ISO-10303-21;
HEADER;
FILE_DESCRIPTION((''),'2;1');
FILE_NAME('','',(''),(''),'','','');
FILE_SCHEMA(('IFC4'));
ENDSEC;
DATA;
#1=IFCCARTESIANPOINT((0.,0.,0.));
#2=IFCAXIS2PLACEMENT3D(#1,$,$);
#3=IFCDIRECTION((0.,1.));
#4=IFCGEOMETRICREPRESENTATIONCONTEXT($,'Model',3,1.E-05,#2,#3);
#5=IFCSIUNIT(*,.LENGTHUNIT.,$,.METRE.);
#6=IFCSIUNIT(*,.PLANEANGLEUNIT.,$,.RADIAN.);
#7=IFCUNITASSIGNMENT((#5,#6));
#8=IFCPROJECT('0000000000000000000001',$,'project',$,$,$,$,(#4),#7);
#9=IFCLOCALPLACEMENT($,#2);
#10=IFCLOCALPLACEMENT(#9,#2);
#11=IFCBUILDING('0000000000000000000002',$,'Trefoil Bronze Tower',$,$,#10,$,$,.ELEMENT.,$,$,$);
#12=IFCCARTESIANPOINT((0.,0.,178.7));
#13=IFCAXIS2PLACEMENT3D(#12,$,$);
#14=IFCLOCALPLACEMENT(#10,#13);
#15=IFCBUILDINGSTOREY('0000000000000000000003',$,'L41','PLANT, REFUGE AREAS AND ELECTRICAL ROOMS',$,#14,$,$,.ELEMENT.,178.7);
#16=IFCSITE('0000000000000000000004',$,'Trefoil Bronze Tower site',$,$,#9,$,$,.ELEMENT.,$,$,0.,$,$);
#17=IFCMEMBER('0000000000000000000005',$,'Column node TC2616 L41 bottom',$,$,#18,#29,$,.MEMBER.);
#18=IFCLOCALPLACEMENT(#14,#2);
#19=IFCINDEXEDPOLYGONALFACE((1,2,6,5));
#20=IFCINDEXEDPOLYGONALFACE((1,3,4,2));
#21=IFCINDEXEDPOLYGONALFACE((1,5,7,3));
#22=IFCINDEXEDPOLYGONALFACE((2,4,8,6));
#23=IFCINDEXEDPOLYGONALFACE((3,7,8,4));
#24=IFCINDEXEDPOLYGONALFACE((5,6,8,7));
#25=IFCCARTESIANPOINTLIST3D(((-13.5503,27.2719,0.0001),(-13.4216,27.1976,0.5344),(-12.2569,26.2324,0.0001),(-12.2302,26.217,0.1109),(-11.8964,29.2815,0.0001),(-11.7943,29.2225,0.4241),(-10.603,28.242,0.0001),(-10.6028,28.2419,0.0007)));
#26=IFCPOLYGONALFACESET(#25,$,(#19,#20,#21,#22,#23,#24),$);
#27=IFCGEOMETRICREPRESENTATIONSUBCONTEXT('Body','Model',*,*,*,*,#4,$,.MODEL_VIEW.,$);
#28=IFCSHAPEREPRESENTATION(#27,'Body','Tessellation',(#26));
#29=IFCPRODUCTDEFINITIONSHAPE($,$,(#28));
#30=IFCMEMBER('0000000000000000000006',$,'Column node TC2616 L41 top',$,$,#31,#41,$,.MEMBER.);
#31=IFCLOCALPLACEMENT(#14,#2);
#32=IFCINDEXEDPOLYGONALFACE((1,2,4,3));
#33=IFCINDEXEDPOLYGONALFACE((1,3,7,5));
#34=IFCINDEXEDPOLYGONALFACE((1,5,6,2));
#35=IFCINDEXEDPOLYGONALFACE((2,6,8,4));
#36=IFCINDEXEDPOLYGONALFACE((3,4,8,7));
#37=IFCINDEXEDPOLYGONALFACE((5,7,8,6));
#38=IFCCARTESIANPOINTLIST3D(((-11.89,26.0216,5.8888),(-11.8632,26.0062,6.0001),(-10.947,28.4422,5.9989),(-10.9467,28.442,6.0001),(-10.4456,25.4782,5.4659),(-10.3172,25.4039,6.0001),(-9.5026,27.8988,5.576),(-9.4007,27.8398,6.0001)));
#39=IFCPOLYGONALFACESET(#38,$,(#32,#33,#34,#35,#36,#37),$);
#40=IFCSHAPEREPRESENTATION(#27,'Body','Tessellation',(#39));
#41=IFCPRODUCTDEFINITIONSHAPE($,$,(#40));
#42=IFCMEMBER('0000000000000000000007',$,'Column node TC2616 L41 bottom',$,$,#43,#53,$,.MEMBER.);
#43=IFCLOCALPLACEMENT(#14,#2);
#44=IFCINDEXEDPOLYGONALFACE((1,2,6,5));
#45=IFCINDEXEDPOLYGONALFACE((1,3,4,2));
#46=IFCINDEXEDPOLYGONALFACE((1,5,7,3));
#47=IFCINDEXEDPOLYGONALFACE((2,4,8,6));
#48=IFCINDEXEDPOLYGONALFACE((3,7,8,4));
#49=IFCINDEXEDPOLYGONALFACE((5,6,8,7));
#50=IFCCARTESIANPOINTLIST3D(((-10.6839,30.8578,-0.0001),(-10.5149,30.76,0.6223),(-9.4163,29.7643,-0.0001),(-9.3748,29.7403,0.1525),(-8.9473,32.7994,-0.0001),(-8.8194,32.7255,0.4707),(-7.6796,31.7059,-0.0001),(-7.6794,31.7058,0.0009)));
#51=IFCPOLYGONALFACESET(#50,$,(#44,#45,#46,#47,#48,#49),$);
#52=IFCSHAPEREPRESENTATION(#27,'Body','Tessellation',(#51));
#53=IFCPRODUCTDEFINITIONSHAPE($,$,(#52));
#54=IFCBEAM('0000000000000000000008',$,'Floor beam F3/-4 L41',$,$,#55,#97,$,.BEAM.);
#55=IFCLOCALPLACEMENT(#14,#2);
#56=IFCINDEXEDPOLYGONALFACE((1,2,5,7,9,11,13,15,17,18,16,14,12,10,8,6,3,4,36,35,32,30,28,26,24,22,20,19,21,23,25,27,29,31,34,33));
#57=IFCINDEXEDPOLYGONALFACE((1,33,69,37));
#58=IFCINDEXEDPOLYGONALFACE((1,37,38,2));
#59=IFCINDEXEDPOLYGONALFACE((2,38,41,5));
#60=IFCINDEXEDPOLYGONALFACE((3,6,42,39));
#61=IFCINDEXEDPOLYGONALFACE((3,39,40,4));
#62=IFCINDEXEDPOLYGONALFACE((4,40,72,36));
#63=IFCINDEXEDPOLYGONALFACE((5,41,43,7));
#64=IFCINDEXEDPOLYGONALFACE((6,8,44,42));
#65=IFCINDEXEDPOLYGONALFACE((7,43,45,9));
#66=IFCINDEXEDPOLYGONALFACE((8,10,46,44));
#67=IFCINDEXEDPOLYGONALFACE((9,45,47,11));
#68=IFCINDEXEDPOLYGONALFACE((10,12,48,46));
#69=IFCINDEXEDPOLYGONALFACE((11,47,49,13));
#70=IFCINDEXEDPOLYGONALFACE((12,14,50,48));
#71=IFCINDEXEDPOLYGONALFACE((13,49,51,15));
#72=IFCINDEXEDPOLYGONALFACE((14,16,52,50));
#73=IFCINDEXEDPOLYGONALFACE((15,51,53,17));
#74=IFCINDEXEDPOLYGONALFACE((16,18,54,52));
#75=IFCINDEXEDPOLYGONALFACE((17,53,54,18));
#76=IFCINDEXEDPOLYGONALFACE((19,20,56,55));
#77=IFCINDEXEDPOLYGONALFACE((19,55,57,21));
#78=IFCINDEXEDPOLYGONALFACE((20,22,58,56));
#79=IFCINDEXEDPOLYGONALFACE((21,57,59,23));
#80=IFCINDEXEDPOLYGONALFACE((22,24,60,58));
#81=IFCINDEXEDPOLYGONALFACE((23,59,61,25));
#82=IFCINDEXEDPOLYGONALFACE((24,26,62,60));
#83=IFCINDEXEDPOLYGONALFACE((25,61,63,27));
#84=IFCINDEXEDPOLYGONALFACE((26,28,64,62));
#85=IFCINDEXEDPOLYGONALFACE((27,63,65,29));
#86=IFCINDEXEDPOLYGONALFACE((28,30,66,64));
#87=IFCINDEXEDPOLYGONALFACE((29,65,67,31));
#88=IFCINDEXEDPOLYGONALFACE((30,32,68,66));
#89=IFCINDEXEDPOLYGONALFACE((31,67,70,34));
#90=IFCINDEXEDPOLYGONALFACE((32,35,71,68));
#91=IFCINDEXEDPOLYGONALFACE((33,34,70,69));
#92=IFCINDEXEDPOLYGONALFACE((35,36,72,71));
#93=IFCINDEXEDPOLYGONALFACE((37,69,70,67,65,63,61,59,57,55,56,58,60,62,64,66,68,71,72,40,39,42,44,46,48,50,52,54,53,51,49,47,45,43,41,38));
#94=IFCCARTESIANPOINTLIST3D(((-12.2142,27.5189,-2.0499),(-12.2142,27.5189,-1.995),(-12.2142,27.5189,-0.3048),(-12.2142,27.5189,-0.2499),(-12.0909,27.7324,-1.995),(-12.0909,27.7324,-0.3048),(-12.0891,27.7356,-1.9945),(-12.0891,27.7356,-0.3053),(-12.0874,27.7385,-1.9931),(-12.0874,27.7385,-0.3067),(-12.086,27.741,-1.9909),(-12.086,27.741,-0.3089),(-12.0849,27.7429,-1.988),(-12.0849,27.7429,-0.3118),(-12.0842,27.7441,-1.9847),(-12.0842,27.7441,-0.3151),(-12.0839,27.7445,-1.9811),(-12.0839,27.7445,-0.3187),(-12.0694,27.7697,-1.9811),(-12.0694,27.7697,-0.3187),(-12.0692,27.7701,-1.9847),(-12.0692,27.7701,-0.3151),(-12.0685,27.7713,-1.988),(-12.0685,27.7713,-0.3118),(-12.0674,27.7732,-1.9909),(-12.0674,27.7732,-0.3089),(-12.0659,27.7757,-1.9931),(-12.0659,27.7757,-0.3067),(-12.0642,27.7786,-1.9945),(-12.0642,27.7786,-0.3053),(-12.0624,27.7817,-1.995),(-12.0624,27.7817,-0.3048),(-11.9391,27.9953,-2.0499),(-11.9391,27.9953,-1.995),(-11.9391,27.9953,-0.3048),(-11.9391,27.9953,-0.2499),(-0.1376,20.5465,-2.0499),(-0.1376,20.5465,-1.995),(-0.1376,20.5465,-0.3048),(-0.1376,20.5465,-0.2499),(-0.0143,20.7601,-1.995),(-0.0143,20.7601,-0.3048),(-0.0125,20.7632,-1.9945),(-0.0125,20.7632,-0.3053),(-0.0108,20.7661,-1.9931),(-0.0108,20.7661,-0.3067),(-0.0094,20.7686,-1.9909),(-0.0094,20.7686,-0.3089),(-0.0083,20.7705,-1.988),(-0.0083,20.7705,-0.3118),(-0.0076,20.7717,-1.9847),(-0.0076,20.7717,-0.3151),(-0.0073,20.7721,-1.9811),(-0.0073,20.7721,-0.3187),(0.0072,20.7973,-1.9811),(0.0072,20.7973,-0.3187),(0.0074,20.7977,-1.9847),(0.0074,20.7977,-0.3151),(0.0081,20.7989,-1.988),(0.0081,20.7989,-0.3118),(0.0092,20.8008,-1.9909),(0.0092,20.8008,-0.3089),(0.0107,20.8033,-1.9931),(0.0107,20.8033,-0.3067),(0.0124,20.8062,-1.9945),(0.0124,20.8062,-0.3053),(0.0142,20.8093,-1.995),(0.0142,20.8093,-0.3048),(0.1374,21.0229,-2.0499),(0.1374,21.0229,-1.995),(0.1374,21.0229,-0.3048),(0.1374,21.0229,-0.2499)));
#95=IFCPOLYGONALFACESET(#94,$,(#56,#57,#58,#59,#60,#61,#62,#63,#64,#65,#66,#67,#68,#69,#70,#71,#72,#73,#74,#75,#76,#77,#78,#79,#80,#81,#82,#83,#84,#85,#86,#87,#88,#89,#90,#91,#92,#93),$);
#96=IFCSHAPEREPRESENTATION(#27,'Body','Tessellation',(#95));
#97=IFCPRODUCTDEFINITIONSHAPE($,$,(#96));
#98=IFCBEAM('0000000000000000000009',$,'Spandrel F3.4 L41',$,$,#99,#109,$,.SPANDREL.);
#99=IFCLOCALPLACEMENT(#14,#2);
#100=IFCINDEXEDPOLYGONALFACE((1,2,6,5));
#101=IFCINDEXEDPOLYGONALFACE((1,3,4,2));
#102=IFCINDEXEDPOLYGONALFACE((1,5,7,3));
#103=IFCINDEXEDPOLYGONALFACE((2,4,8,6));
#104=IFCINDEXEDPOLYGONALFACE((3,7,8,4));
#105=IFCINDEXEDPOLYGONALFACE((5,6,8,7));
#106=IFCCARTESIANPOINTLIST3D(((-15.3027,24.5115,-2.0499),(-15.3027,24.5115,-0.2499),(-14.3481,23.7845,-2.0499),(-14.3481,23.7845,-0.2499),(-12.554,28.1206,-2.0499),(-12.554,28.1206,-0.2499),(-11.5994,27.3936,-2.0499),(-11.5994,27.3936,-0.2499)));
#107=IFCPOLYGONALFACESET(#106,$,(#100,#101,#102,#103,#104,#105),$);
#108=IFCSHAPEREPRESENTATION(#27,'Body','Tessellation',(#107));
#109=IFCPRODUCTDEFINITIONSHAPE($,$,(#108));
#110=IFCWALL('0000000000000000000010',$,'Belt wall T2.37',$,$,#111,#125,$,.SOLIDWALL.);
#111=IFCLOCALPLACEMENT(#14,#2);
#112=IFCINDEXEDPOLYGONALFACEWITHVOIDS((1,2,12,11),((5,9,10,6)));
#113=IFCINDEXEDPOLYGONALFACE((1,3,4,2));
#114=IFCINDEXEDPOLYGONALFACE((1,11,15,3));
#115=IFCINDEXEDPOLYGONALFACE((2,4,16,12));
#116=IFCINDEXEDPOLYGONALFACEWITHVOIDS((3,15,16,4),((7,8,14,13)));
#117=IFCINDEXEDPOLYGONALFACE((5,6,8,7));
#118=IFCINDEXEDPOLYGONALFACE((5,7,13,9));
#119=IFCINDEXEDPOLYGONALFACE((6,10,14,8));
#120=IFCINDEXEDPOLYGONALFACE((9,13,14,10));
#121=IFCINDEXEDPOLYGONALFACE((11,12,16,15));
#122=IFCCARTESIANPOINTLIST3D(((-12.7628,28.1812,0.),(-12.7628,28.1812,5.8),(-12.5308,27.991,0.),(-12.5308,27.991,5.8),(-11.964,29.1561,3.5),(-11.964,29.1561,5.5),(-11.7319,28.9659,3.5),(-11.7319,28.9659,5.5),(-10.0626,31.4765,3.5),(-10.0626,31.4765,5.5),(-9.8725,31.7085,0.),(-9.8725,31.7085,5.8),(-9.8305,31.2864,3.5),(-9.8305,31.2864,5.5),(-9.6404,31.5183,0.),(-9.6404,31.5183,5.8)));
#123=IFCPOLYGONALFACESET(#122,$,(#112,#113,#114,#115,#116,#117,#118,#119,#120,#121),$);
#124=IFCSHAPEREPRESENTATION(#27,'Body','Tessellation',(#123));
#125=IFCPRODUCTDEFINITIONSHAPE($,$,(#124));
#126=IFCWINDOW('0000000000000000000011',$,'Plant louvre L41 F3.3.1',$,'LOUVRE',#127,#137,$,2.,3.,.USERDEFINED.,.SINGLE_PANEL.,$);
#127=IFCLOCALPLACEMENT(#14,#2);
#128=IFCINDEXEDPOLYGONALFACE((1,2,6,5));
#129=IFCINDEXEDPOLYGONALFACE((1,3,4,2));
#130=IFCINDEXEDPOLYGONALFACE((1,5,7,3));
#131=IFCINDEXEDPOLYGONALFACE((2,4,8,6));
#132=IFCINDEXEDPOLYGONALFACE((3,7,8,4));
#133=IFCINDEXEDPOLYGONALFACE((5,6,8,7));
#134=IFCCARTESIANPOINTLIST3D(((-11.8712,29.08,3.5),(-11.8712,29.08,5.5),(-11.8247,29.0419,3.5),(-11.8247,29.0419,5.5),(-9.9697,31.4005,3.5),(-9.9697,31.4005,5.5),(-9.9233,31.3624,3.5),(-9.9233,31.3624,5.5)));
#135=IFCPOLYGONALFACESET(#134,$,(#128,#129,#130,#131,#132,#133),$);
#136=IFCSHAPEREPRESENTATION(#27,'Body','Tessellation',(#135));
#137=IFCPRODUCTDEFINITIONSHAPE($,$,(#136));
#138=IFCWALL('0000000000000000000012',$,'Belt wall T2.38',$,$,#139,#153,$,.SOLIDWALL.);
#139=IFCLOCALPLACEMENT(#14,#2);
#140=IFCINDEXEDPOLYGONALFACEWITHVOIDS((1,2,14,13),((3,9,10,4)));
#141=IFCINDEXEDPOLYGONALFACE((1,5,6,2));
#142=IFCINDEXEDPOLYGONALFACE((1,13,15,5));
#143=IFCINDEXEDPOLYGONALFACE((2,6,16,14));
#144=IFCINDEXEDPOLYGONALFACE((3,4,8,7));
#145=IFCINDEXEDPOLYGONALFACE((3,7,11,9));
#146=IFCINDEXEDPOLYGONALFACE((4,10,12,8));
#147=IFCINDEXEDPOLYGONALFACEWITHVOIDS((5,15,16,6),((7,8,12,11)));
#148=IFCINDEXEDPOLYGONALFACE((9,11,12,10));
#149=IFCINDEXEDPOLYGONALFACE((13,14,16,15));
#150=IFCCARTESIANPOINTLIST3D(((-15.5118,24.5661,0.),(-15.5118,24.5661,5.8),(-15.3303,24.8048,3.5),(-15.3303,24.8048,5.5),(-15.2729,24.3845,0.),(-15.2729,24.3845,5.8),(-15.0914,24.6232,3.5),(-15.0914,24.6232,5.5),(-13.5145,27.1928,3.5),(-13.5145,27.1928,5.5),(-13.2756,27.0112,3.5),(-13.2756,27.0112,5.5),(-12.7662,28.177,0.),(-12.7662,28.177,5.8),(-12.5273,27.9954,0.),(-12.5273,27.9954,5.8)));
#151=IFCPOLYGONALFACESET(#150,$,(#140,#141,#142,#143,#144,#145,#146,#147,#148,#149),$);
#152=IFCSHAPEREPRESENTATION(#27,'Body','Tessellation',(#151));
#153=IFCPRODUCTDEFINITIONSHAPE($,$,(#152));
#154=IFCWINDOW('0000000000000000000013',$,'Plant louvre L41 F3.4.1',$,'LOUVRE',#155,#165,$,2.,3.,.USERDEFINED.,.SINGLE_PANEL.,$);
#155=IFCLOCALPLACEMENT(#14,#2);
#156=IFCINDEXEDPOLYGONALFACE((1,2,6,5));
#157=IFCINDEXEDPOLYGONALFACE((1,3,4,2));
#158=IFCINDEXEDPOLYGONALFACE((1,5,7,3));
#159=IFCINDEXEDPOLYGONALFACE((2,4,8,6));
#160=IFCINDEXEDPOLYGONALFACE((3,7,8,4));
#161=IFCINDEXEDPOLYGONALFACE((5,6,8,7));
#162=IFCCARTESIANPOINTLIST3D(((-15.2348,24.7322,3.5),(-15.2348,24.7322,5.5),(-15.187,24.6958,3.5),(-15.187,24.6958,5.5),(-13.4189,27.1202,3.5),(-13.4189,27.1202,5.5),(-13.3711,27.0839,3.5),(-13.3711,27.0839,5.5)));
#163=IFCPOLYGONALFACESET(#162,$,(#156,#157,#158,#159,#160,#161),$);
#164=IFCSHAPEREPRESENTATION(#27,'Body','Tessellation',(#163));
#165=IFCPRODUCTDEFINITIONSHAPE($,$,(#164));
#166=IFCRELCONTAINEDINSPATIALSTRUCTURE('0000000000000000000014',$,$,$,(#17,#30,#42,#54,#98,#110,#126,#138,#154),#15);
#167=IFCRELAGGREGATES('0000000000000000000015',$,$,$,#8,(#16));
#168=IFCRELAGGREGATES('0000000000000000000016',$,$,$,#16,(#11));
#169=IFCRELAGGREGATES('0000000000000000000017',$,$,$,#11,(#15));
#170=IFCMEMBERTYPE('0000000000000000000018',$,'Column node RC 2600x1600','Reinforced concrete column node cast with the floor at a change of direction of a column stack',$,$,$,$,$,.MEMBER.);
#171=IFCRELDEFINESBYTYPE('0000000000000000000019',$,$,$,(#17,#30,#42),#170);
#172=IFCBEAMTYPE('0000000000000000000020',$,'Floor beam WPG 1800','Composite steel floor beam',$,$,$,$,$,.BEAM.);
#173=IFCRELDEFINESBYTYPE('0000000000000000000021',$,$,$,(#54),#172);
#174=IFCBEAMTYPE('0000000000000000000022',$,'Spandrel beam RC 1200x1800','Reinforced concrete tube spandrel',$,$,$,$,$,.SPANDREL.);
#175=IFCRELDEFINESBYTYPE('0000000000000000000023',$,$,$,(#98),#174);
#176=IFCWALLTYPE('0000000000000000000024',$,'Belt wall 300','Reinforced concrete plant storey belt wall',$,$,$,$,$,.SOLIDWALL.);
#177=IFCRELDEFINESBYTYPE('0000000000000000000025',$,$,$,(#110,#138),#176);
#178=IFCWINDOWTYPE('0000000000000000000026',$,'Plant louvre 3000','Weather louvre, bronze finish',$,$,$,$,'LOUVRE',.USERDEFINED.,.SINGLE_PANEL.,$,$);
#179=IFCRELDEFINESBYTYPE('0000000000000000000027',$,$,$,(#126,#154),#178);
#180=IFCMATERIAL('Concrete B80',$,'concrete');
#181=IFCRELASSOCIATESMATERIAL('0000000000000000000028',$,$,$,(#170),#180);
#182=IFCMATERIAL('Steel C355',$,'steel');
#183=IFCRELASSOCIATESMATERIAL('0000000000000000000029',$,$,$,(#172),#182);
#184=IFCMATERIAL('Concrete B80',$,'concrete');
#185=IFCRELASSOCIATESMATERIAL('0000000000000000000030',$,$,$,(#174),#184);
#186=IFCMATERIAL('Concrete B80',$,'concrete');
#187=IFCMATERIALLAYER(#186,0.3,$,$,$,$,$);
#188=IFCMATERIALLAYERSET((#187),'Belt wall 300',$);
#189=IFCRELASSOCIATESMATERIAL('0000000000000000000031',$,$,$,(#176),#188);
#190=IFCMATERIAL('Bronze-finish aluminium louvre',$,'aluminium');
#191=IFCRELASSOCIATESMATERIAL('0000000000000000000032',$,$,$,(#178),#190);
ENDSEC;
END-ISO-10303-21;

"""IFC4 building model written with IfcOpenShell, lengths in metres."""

from ifc_helpers import new_model, si_unit, direction, frame, frame_2d, origin, origin_2d, place, context, subcontext, project, spatial, rectangle, i_section, extrude, clip, halfspace, material, layer, layer_set, material_profile, profile_set, type_object, element, fill, save


model = new_model("IFC4")

# Units and contexts
model_context = context("Model", 3, precision=1e-05, world=origin(), true_north=direction((0.0, 1.0)))
body_context = subcontext(model_context, "Body", "Model", "MODEL_VIEW")
ifc_project = project(units=[si_unit("LENGTHUNIT", "METRE"), si_unit("PLANEANGLEUNIT", "RADIAN")], contexts=[model_context])

# Site, building, storey
site_placement = place(None, origin())
site = spatial("IfcSite", under=ifc_project, at=site_placement, Name="Trefoil Bronze Tower site", CompositionType="ELEMENT", RefElevation=0.0)
building_placement = place(site_placement, origin())
building = spatial("IfcBuilding", under=site, at=building_placement, Name="Trefoil Bronze Tower", CompositionType="ELEMENT")
storey_placement = place(building_placement, frame((0.0, 0.0, 178.7)))
storey = spatial("IfcBuildingStorey", under=building, at=storey_placement, Name="L41", Description="PLANT, REFUGE AREAS AND ELECTRICAL ROOMS", CompositionType="ELEMENT", Elevation=178.7)

# Members
ifc_material_1 = material(Name="Concrete B80", Category="concrete")
ifc_material_profile_1 = material_profile(ifc_material_1, rectangle(XDim=2.6001, YDim=1.6001, at=origin_2d()), Name="RC 2600x1600")
ifc_profile_set_1 = profile_set([ifc_material_profile_1], Name="Concrete B80")
member_type = type_object("IfcMemberType", Name="Column node RC 2600x1600", Description="Reinforced concrete column node cast with the floor at a change of direction of a column stack", PredefinedType="MEMBER", material=ifc_profile_set_1)
member_1_placement = place(storey_placement, frame((-12.1411, 27.7942, -0.2676), z_axis=(0.232064, -0.134052, 0.963419), x_axis=(-0.625873, -0.778772, 0.042398)))
element("IfcMember", 1, at=member_1_placement, inside=storey, type_object=member_type, Name="Column node TC2616 L41 bottom", PredefinedType="MEMBER", context=body_context, shape_type="Clipping", body=[
    clip(extrude(rectangle(XDim=2.6001, YDim=1.6001, at=origin_2d()), origin(), (0.0, 0.0, 1.0), 0.5554), halfspace(frame((0.0, 0.0, 0.2778), z_axis=(0.042398, -0.264625, 0.963419), x_axis=(0.0, 0.964286, 0.264863)), True)),
])
member_2_placement = place(storey_placement, frame((-10.5676, 26.8857, 6.2676), z_axis=(-0.231649, 0.134066, -0.963517), x_axis=(0.362671, 0.930955, 0.042342)))
element("IfcMember", 2, at=member_2_placement, inside=storey, type_object=member_type, Name="Column node TC2616 L41 top", PredefinedType="MEMBER", context=body_context, shape_type="Clipping", body=[
    clip(extrude(rectangle(XDim=2.6001, YDim=1.6001, at=origin_2d()), origin(), (0.0, 0.0, 1.0), 0.5554), halfspace(frame((0.0, 0.0, 0.2776), z_axis=(-0.042342, 0.264276, 0.963517), x_axis=(0.0, 0.964382, -0.264513)), True)),
])
member_3_placement = place(storey_placement, frame((-9.2664, 31.3308, -0.3115), z_axis=(0.259099, -0.149926, 0.954143), x_axis=(-0.652079, -0.755906, 0.058297)))
element("IfcMember", 3, at=member_3_placement, inside=storey, type_object=member_type, Name="Column node TC2616 L41 bottom", PredefinedType="MEMBER", context=body_context, shape_type="Clipping", body=[
    clip(extrude(rectangle(XDim=2.6001, YDim=1.6001, at=origin_2d()), origin(), (0.0, 0.0, 1.0), 0.6531), halfspace(frame((0.0, 0.0, 0.3264), z_axis=(0.058297, -0.293618, 0.954143), x_axis=(0.0, 0.955769, 0.294119)), True)),
])

# Beams
ifc_material_2 = material(Name="Steel C355", Category="steel")
ifc_material_profile_2 = material_profile(ifc_material_2, i_section(OverallWidth=0.55, OverallDepth=1.8, WebThickness=0.0291, FlangeThickness=0.0549, FilletRadius=0.0139, at=origin_2d()), Name="WPG 1800")
ifc_profile_set_2 = profile_set([ifc_material_profile_2], Name="Steel C355")
beam_type_1 = type_object("IfcBeamType", Name="Floor beam WPG 1800", Description="Composite steel floor beam", PredefinedType="BEAM", material=ifc_profile_set_2)
beam_1_placement = place(storey_placement, frame((-12.0767, 27.7571, -1.1499), z_axis=(0.866027, -0.499997, 0.0), x_axis=(0.499997, 0.866027, 0.0)))
element("IfcBeam", 4, at=beam_1_placement, inside=storey, type_object=beam_type_1, Name="Floor beam F3/-4 L41", PredefinedType="BEAM", context=body_context, shape_type="SweptSolid", body=[
    extrude(i_section(OverallWidth=0.55, OverallDepth=1.8, WebThickness=0.0291, FlangeThickness=0.0549, FilletRadius=0.0139, at=origin_2d()), origin(), (0.0, 0.0, 1.0), 13.9448),
])
ifc_material_3 = material(Name="Concrete B80", Category="concrete")
ifc_material_profile_3 = material_profile(ifc_material_3, rectangle(XDim=1.2, YDim=1.8, at=origin_2d()), Name="RC 1200x1800")
ifc_profile_set_3 = profile_set([ifc_material_profile_3], Name="Concrete B80")
beam_type_2 = type_object("IfcBeamType", Name="Spandrel beam RC 1200x1800", Description="Reinforced concrete tube spandrel", PredefinedType="SPANDREL", material=ifc_profile_set_3)
beam_2_placement = place(storey_placement, frame((-12.0767, 27.7571, -1.1499), z_axis=(-0.605899, -0.795542, 0.0), x_axis=(0.795542, -0.605899, 0.0)))
element("IfcBeam", 5, at=beam_2_placement, inside=storey, type_object=beam_type_2, Name="Spandrel F3.4 L41", PredefinedType="SPANDREL", context=body_context, shape_type="SweptSolid", body=[
    extrude(rectangle(XDim=1.2, YDim=1.8, at=origin_2d()), origin(), (0.0, 0.0, 1.0), 4.5366),
])

# Walls, openings, windows
ifc_material_4 = material(Name="Concrete B80", Category="concrete")
ifc_layer_1 = layer(ifc_material_4, 0.3)
ifc_layer_set_1 = layer_set([ifc_layer_1], Name="Belt wall 300")
wall_type = type_object("IfcWallType", Name="Belt wall 300", Description="Reinforced concrete plant storey belt wall", PredefinedType="SOLIDWALL", material=ifc_layer_set_1)
wall_1_placement = place(storey_placement, frame((-9.7563, 31.6135, 0.0), z_axis=(0.0, 0.0, 1.0), x_axis=(-0.633812, -0.773487, 0.0)))
wall_1 = element("IfcWall", 6, at=wall_1_placement, inside=storey, type_object=wall_type, Name="Belt wall T2.37", PredefinedType="SOLIDWALL", context=body_context, shape_type="SweptSolid", body=[
    extrude(rectangle(XDim=4.5603, YDim=0.3, at=frame_2d((2.2803, 0.0))), origin(), (0.0, 0.0, 1.0), 5.8),
])
opening_1_placement = place(wall_1_placement, frame((0.3, 0.0, 3.5)))
opening_1 = element("IfcOpeningElement", 7, at=opening_1_placement, cuts=wall_1, PredefinedType="OPENING", context=body_context, shape_type="SweptSolid", body=[
    extrude(rectangle(XDim=3.0, YDim=2.0, at=frame_2d((1.5, 1.0))), frame((0.0, 0.1599, 0.0), z_axis=(0.0, -1.0, 0.0), x_axis=(1.0, 0.0, 0.0)), (0.0, 0.0, 1.0), 0.3201),
])
ifc_material_5 = material(Name="Bronze-finish aluminium louvre", Category="aluminium")
window_type = type_object("IfcWindowType", Name="Plant louvre 3000", Description="Weather louvre, bronze finish", ElementType="LOUVRE", PartitioningType="SINGLE_PANEL", PredefinedType="USERDEFINED", material=ifc_material_5)
window_1_placement = place(opening_1_placement, origin())
window_1 = element("IfcWindow", 8, at=window_1_placement, inside=storey, type_object=window_type, Name="Plant louvre L41 F3.3.1", ObjectType="LOUVRE", OverallHeight=2.0, OverallWidth=3.0, PartitioningType="SINGLE_PANEL", PredefinedType="USERDEFINED", context=body_context, shape_type="SweptSolid", body=[
    extrude(rectangle(XDim=3.0, YDim=2.0, at=frame_2d((1.5, 1.0))), frame((0.0, 0.03, 0.0), z_axis=(0.0, -1.0, 0.0), x_axis=(1.0, 0.0, 0.0)), (0.0, 0.0, 1.0), 0.0601),
])
fill(opening_1, window_1)
wall_2_placement = place(storey_placement, frame((-12.6467, 28.0862, 0.0), z_axis=(0.0, 0.0, 1.0), x_axis=(-0.605274, -0.796017, 0.0)))
wall_2 = element("IfcWall", 9, at=wall_2_placement, inside=storey, type_object=wall_type, Name="Belt wall T2.38", PredefinedType="SOLIDWALL", context=body_context, shape_type="SweptSolid", body=[
    extrude(rectangle(XDim=4.5361, YDim=0.3, at=frame_2d((2.2681, 0.0))), origin(), (0.0, 0.0, 1.0), 5.8),
])
opening_2_placement = place(wall_2_placement, frame((1.2363, 0.0, 3.5)))
opening_2 = element("IfcOpeningElement", 10, at=opening_2_placement, cuts=wall_2, PredefinedType="OPENING", context=body_context, shape_type="SweptSolid", body=[
    extrude(rectangle(XDim=3.0, YDim=2.0, at=frame_2d((1.5, 1.0))), frame((0.0, 0.1599, 0.0), z_axis=(0.0, -1.0, 0.0), x_axis=(1.0, 0.0, 0.0)), (0.0, 0.0, 1.0), 0.3201),
])
window_2_placement = place(opening_2_placement, origin())
window_2 = element("IfcWindow", 11, at=window_2_placement, inside=storey, type_object=window_type, Name="Plant louvre L41 F3.4.1", ObjectType="LOUVRE", OverallHeight=2.0, OverallWidth=3.0, PartitioningType="SINGLE_PANEL", PredefinedType="USERDEFINED", context=body_context, shape_type="SweptSolid", body=[
    extrude(rectangle(XDim=3.0, YDim=2.0, at=frame_2d((1.5, 1.0))), frame((0.0, 0.03, 0.0), z_axis=(0.0, -1.0, 0.0), x_axis=(1.0, 0.0, 0.0)), (0.0, 0.0, 1.0), 0.0601),
])
fill(opening_2, window_2)

save(model, "model.ifc")
